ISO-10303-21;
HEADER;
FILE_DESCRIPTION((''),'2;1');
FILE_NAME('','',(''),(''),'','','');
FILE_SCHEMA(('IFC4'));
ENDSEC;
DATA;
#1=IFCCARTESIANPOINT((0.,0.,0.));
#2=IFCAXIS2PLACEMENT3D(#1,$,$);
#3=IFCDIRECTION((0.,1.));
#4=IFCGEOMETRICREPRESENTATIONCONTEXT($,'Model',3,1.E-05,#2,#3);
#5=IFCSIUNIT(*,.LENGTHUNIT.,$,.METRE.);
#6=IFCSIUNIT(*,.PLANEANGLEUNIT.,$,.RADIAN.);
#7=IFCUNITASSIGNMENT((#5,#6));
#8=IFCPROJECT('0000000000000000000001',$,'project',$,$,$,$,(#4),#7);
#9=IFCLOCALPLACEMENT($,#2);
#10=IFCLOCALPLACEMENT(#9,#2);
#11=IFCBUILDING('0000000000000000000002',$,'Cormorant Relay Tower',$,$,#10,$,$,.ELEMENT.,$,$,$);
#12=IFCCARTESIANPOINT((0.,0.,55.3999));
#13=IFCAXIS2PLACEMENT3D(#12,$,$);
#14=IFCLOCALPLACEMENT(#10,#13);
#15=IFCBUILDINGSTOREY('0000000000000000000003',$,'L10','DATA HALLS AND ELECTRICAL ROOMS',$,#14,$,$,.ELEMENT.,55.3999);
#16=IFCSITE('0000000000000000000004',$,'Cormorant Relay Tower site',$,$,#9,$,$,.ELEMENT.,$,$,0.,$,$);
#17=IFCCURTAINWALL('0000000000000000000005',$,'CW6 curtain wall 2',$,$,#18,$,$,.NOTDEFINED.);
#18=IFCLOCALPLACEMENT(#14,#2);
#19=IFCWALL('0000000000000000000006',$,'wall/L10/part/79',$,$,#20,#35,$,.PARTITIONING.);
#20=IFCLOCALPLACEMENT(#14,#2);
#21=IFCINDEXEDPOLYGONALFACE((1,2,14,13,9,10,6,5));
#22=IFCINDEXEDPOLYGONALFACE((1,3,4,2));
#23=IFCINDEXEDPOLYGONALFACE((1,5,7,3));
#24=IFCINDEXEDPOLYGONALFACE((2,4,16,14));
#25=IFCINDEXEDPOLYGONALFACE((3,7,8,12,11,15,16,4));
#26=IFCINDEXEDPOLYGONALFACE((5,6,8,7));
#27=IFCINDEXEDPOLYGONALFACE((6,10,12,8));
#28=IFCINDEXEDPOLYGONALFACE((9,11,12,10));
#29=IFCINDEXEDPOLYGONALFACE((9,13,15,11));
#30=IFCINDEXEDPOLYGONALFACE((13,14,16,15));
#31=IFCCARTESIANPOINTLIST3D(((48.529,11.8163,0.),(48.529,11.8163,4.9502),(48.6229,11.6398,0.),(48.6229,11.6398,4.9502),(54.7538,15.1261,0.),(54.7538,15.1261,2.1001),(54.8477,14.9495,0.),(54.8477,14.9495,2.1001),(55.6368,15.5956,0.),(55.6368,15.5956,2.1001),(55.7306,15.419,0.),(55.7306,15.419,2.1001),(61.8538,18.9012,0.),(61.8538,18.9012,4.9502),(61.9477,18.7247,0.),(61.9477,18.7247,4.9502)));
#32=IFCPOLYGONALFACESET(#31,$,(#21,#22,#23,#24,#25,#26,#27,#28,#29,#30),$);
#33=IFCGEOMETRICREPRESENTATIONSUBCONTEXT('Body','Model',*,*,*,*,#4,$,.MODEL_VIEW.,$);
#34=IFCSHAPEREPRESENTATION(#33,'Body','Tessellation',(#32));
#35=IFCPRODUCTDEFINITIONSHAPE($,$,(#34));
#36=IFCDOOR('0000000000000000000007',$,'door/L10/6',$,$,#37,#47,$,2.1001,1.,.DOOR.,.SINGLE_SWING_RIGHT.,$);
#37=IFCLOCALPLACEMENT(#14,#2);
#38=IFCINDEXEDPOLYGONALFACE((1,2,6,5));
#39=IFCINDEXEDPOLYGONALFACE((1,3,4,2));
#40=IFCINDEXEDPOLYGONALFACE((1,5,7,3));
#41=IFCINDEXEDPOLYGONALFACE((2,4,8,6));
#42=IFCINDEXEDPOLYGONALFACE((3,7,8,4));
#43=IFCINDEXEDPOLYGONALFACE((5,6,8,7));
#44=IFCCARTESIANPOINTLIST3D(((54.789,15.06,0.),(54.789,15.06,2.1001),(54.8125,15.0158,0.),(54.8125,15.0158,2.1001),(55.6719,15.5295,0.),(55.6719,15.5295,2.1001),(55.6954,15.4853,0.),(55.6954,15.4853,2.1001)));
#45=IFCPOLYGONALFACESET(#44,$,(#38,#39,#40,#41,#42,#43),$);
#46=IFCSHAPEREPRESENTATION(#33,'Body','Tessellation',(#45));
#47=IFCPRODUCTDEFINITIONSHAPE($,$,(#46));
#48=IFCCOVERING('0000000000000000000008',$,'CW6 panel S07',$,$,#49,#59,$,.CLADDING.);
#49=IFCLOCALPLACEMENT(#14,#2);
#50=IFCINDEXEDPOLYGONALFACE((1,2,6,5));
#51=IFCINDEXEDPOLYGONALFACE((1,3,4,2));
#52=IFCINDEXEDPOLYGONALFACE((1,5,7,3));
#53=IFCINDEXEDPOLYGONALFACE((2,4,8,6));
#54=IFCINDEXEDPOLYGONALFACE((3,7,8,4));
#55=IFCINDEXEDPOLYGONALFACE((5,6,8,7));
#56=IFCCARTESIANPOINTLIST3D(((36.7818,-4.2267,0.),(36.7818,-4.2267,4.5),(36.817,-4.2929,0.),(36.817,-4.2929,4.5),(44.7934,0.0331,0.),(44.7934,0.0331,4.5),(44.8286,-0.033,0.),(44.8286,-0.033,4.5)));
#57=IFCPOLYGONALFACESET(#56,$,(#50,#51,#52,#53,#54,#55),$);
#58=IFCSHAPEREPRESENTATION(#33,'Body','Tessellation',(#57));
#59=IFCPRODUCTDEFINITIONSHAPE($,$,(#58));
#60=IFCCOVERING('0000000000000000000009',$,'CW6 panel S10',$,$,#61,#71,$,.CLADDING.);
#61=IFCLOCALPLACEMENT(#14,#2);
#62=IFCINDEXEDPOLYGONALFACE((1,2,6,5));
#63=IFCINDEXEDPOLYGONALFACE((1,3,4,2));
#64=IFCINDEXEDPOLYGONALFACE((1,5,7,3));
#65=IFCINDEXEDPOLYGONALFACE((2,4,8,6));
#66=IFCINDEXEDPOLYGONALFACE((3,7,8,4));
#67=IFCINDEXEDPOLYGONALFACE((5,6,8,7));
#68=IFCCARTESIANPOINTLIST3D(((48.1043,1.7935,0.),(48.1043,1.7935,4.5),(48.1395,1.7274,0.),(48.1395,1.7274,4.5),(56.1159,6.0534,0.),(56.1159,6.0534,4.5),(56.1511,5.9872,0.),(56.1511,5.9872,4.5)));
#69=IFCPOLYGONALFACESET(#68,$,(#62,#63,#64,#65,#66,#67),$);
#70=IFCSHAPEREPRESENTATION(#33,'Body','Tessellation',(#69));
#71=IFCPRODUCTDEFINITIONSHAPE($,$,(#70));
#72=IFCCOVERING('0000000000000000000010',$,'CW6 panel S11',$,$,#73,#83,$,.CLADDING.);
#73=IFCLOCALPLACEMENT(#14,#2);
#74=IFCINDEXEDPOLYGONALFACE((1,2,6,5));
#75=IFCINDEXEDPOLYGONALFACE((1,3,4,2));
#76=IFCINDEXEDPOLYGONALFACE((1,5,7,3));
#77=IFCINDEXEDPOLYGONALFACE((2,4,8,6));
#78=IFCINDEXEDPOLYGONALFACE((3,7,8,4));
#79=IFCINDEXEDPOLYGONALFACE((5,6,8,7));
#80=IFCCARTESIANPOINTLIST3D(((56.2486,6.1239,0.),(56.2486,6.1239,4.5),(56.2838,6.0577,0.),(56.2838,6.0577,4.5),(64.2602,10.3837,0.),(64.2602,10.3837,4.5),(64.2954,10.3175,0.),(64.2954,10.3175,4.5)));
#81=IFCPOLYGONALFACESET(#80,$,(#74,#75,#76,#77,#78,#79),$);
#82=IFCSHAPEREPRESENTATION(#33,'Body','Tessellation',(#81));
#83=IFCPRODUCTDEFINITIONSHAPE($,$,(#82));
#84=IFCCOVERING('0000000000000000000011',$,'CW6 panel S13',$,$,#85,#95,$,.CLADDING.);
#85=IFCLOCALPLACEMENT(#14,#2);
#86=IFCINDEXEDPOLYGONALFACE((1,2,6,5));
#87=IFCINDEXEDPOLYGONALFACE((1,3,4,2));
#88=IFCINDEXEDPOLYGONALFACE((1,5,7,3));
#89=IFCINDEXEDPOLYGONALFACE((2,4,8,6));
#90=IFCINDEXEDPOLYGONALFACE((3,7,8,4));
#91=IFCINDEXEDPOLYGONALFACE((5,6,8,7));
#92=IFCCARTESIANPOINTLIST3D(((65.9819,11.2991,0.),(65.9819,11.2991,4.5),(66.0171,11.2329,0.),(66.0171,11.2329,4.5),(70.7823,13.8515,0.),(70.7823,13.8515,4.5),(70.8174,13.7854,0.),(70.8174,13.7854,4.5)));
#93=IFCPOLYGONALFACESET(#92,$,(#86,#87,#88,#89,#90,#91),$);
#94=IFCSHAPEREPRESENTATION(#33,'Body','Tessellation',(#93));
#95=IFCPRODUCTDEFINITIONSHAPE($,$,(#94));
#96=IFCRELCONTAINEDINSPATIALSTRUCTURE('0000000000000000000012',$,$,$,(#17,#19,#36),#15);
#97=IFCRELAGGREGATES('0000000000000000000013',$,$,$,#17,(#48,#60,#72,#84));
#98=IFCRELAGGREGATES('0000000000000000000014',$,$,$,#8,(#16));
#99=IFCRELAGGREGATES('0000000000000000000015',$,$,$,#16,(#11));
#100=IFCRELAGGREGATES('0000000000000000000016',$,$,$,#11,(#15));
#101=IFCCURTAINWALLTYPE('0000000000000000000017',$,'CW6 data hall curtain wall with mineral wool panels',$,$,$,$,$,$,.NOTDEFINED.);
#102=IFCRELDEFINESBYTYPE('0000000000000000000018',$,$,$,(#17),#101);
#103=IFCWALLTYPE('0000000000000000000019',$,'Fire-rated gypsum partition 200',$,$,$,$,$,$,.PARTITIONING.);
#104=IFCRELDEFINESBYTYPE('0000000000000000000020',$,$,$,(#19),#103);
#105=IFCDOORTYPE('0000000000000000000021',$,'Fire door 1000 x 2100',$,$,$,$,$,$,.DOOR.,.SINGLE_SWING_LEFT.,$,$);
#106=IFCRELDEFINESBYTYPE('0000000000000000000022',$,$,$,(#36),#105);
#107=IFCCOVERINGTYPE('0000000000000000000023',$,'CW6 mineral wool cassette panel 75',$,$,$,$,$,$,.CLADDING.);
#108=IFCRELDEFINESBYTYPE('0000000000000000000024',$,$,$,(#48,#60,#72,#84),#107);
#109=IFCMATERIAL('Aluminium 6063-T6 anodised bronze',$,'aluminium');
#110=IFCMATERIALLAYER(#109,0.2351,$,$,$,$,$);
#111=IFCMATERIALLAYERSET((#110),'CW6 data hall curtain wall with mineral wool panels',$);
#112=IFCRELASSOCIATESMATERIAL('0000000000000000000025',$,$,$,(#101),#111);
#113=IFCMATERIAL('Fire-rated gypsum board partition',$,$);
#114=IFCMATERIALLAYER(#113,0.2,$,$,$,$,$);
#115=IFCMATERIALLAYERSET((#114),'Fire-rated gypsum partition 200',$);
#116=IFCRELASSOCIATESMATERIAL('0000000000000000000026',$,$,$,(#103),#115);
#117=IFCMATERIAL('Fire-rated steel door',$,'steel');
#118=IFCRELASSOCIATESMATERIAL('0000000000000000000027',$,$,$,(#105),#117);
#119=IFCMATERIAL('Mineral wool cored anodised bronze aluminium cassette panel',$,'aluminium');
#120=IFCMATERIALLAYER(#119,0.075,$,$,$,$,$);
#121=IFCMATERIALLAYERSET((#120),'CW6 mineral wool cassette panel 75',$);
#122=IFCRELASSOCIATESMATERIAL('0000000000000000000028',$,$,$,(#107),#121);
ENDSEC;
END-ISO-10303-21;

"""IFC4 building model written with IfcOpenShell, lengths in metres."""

from ifc_helpers import new_model, si_unit, direction, frame, frame_2d, origin, origin_2d, place, context, subcontext, project, spatial, rectangle, extrude, material, layer, layer_set, type_object, element, fill, aggregate, save


model = new_model("IFC4")

# Units and contexts
model_context = context("Model", 3, precision=1e-05, world=origin(), true_north=direction((0.0, 1.0)))
body_context = subcontext(model_context, "Body", "Model", "MODEL_VIEW")
ifc_project = project(units=[si_unit("LENGTHUNIT", "METRE"), si_unit("PLANEANGLEUNIT", "RADIAN")], contexts=[model_context])

# Site, building, storey
site_placement = place(None, origin())
site = spatial("IfcSite", under=ifc_project, at=site_placement, Name="Cormorant Relay Tower site", CompositionType="ELEMENT", RefElevation=0.0)
building_placement = place(site_placement, origin())
building = spatial("IfcBuilding", under=site, at=building_placement, Name="Cormorant Relay Tower", CompositionType="ELEMENT")
storey_placement = place(building_placement, frame((0.0, 0.0, 55.3999)))
storey = spatial("IfcBuildingStorey", under=building, at=storey_placement, Name="L10", Description="DATA HALLS AND ELECTRICAL ROOMS", CompositionType="ELEMENT", Elevation=55.3999)

# Curtain wall
ifc_material_1 = material(Name="Aluminium 6063-T6 anodised bronze", Category="aluminium")
ifc_layer_1 = layer(ifc_material_1, 0.2351)
ifc_layer_set_1 = layer_set([ifc_layer_1], Name="CW6 data hall curtain wall with mineral wool panels")
curtain_wall_type = type_object("IfcCurtainWallType", Name="CW6 data hall curtain wall with mineral wool panels", PredefinedType="NOTDEFINED", material=ifc_layer_set_1)
curtain_wall_1_placement = place(storey_placement, origin())
curtain_wall_1 = element("IfcCurtainWall", 1, at=curtain_wall_1_placement, inside=storey, type_object=curtain_wall_type, Name="CW6 curtain wall 2", PredefinedType="NOTDEFINED")

# Shared definitions
ifc_material_2 = material(Name="Fire-rated gypsum board partition")
ifc_layer_2 = layer(ifc_material_2, 0.2)
ifc_layer_set_2 = layer_set([ifc_layer_2], Name="Fire-rated gypsum partition 200")
wall_type_1 = type_object("IfcWallType", Name="Fire-rated gypsum partition 200", PredefinedType="PARTITIONING", material=ifc_layer_set_2)
ifc_material_3 = material(Name="Fire-rated steel door", Category="steel")
door_type_1 = type_object("IfcDoorType", Name="Fire door 1000 x 2100", OperationType="SINGLE_SWING_LEFT", PredefinedType="DOOR", material=ifc_material_3)

# Wall, opening, door
wall_1_placement = place(storey_placement, frame((48.5759, 11.728, 0.0), z_axis=(0.0, 0.0, 1.0), x_axis=(0.882949, 0.469469, 0.0)))
wall_1 = element("IfcWall", 2, at=wall_1_placement, inside=storey, type_object=wall_type_1, Name="wall/L10/part/79", PredefinedType="PARTITIONING", context=body_context, shape_type="SweptSolid", body=[
    extrude(rectangle(XDim=15.0913, YDim=0.2, at=frame_2d((7.5457, 0.0))), origin(), (0.0, 0.0, 1.0), 4.9502),
])
opening_1_placement = place(wall_1_placement, frame((7.05, 0.0, 0.0)))
opening_1 = element("IfcOpeningElement", 3, at=opening_1_placement, cuts=wall_1, PredefinedType="OPENING", context=body_context, shape_type="SweptSolid", body=[
    extrude(rectangle(XDim=1.0, YDim=2.1001, at=frame_2d((0.5, 1.05))), frame((0.0, 0.1099, 0.0), z_axis=(0.0, -1.0, 0.0), x_axis=(1.0, 0.0, 0.0)), (0.0, 0.0, 1.0), 0.22),
])
door_1_placement = place(opening_1_placement, frame((1.0, 0.0, 0.0), z_axis=(0.0, 0.0, 1.0), x_axis=(-1.0, 0.0, 0.0)))
door_1 = element("IfcDoor", 4, at=door_1_placement, inside=storey, type_object=door_type_1, Name="door/L10/6", OperationType="SINGLE_SWING_RIGHT", OverallHeight=2.1001, OverallWidth=1.0, PredefinedType="DOOR", context=body_context, shape_type="SweptSolid", body=[
    extrude(rectangle(XDim=1.0, YDim=2.1001, at=frame_2d((0.5, 1.05))), frame((0.0, 0.0249, 0.0), z_axis=(0.0, -1.0, 0.0), x_axis=(1.0, 0.0, 0.0)), (0.0, 0.0, 1.0), 0.05),
])
fill(opening_1, door_1)

# Coverings
ifc_material_4 = material(Name="Mineral wool cored anodised bronze aluminium cassette panel", Category="aluminium")
ifc_layer_3 = layer(ifc_material_4, 0.075)
ifc_layer_set_3 = layer_set([ifc_layer_3], Name="CW6 mineral wool cassette panel 75")
covering_type = type_object("IfcCoveringType", Name="CW6 mineral wool cassette panel 75", PredefinedType="CLADDING", material=ifc_layer_set_3)
covering_1_placement = place(storey_placement, frame((40.8052, -2.1299, 0.0), z_axis=(0.0, 0.0, 1.0), x_axis=(0.882948, 0.469472, 0.0)))
covering_1 = element("IfcCovering", 5, at=covering_1_placement, type_object=covering_type, Name="CW6 panel S07", PredefinedType="CLADDING", context=body_context, shape_type="SweptSolid", body=[
    extrude(rectangle(XDim=9.0737, YDim=0.075, at=origin_2d()), origin(), (0.0, 0.0, 1.0), 4.5),
])
covering_2_placement = place(storey_placement, frame((52.1277, 3.8904, 0.0), z_axis=(0.0, 0.0, 1.0), x_axis=(0.882948, 0.469472, 0.0)))
covering_2 = element("IfcCovering", 6, at=covering_2_placement, type_object=covering_type, Name="CW6 panel S10", PredefinedType="CLADDING", context=body_context, shape_type="SweptSolid", body=[
    extrude(rectangle(XDim=9.0737, YDim=0.075, at=origin_2d()), origin(), (0.0, 0.0, 1.0), 4.5),
])
covering_3_placement = place(storey_placement, frame((60.272, 8.2207, 0.0), z_axis=(0.0, 0.0, 1.0), x_axis=(0.882948, 0.469472, 0.0)))
covering_3 = element("IfcCovering", 7, at=covering_3_placement, type_object=covering_type, Name="CW6 panel S11", PredefinedType="CLADDING", context=body_context, shape_type="SweptSolid", body=[
    extrude(rectangle(XDim=9.0737, YDim=0.075, at=origin_2d()), origin(), (0.0, 0.0, 1.0), 4.5),
])
covering_4_placement = place(storey_placement, frame((68.3997, 12.5422, 0.0), z_axis=(0.0, 0.0, 1.0), x_axis=(0.882948, 0.469472, 0.0)))
covering_4 = element("IfcCovering", 8, at=covering_4_placement, type_object=covering_type, Name="CW6 panel S13", PredefinedType="CLADDING", context=body_context, shape_type="SweptSolid", body=[
    extrude(rectangle(XDim=5.4368, YDim=0.075, at=origin_2d()), origin(), (0.0, 0.0, 1.0), 4.5),
])
aggregate(curtain_wall_1, [covering_1, covering_2, covering_3, covering_4])

save(model, "model.ifc")
